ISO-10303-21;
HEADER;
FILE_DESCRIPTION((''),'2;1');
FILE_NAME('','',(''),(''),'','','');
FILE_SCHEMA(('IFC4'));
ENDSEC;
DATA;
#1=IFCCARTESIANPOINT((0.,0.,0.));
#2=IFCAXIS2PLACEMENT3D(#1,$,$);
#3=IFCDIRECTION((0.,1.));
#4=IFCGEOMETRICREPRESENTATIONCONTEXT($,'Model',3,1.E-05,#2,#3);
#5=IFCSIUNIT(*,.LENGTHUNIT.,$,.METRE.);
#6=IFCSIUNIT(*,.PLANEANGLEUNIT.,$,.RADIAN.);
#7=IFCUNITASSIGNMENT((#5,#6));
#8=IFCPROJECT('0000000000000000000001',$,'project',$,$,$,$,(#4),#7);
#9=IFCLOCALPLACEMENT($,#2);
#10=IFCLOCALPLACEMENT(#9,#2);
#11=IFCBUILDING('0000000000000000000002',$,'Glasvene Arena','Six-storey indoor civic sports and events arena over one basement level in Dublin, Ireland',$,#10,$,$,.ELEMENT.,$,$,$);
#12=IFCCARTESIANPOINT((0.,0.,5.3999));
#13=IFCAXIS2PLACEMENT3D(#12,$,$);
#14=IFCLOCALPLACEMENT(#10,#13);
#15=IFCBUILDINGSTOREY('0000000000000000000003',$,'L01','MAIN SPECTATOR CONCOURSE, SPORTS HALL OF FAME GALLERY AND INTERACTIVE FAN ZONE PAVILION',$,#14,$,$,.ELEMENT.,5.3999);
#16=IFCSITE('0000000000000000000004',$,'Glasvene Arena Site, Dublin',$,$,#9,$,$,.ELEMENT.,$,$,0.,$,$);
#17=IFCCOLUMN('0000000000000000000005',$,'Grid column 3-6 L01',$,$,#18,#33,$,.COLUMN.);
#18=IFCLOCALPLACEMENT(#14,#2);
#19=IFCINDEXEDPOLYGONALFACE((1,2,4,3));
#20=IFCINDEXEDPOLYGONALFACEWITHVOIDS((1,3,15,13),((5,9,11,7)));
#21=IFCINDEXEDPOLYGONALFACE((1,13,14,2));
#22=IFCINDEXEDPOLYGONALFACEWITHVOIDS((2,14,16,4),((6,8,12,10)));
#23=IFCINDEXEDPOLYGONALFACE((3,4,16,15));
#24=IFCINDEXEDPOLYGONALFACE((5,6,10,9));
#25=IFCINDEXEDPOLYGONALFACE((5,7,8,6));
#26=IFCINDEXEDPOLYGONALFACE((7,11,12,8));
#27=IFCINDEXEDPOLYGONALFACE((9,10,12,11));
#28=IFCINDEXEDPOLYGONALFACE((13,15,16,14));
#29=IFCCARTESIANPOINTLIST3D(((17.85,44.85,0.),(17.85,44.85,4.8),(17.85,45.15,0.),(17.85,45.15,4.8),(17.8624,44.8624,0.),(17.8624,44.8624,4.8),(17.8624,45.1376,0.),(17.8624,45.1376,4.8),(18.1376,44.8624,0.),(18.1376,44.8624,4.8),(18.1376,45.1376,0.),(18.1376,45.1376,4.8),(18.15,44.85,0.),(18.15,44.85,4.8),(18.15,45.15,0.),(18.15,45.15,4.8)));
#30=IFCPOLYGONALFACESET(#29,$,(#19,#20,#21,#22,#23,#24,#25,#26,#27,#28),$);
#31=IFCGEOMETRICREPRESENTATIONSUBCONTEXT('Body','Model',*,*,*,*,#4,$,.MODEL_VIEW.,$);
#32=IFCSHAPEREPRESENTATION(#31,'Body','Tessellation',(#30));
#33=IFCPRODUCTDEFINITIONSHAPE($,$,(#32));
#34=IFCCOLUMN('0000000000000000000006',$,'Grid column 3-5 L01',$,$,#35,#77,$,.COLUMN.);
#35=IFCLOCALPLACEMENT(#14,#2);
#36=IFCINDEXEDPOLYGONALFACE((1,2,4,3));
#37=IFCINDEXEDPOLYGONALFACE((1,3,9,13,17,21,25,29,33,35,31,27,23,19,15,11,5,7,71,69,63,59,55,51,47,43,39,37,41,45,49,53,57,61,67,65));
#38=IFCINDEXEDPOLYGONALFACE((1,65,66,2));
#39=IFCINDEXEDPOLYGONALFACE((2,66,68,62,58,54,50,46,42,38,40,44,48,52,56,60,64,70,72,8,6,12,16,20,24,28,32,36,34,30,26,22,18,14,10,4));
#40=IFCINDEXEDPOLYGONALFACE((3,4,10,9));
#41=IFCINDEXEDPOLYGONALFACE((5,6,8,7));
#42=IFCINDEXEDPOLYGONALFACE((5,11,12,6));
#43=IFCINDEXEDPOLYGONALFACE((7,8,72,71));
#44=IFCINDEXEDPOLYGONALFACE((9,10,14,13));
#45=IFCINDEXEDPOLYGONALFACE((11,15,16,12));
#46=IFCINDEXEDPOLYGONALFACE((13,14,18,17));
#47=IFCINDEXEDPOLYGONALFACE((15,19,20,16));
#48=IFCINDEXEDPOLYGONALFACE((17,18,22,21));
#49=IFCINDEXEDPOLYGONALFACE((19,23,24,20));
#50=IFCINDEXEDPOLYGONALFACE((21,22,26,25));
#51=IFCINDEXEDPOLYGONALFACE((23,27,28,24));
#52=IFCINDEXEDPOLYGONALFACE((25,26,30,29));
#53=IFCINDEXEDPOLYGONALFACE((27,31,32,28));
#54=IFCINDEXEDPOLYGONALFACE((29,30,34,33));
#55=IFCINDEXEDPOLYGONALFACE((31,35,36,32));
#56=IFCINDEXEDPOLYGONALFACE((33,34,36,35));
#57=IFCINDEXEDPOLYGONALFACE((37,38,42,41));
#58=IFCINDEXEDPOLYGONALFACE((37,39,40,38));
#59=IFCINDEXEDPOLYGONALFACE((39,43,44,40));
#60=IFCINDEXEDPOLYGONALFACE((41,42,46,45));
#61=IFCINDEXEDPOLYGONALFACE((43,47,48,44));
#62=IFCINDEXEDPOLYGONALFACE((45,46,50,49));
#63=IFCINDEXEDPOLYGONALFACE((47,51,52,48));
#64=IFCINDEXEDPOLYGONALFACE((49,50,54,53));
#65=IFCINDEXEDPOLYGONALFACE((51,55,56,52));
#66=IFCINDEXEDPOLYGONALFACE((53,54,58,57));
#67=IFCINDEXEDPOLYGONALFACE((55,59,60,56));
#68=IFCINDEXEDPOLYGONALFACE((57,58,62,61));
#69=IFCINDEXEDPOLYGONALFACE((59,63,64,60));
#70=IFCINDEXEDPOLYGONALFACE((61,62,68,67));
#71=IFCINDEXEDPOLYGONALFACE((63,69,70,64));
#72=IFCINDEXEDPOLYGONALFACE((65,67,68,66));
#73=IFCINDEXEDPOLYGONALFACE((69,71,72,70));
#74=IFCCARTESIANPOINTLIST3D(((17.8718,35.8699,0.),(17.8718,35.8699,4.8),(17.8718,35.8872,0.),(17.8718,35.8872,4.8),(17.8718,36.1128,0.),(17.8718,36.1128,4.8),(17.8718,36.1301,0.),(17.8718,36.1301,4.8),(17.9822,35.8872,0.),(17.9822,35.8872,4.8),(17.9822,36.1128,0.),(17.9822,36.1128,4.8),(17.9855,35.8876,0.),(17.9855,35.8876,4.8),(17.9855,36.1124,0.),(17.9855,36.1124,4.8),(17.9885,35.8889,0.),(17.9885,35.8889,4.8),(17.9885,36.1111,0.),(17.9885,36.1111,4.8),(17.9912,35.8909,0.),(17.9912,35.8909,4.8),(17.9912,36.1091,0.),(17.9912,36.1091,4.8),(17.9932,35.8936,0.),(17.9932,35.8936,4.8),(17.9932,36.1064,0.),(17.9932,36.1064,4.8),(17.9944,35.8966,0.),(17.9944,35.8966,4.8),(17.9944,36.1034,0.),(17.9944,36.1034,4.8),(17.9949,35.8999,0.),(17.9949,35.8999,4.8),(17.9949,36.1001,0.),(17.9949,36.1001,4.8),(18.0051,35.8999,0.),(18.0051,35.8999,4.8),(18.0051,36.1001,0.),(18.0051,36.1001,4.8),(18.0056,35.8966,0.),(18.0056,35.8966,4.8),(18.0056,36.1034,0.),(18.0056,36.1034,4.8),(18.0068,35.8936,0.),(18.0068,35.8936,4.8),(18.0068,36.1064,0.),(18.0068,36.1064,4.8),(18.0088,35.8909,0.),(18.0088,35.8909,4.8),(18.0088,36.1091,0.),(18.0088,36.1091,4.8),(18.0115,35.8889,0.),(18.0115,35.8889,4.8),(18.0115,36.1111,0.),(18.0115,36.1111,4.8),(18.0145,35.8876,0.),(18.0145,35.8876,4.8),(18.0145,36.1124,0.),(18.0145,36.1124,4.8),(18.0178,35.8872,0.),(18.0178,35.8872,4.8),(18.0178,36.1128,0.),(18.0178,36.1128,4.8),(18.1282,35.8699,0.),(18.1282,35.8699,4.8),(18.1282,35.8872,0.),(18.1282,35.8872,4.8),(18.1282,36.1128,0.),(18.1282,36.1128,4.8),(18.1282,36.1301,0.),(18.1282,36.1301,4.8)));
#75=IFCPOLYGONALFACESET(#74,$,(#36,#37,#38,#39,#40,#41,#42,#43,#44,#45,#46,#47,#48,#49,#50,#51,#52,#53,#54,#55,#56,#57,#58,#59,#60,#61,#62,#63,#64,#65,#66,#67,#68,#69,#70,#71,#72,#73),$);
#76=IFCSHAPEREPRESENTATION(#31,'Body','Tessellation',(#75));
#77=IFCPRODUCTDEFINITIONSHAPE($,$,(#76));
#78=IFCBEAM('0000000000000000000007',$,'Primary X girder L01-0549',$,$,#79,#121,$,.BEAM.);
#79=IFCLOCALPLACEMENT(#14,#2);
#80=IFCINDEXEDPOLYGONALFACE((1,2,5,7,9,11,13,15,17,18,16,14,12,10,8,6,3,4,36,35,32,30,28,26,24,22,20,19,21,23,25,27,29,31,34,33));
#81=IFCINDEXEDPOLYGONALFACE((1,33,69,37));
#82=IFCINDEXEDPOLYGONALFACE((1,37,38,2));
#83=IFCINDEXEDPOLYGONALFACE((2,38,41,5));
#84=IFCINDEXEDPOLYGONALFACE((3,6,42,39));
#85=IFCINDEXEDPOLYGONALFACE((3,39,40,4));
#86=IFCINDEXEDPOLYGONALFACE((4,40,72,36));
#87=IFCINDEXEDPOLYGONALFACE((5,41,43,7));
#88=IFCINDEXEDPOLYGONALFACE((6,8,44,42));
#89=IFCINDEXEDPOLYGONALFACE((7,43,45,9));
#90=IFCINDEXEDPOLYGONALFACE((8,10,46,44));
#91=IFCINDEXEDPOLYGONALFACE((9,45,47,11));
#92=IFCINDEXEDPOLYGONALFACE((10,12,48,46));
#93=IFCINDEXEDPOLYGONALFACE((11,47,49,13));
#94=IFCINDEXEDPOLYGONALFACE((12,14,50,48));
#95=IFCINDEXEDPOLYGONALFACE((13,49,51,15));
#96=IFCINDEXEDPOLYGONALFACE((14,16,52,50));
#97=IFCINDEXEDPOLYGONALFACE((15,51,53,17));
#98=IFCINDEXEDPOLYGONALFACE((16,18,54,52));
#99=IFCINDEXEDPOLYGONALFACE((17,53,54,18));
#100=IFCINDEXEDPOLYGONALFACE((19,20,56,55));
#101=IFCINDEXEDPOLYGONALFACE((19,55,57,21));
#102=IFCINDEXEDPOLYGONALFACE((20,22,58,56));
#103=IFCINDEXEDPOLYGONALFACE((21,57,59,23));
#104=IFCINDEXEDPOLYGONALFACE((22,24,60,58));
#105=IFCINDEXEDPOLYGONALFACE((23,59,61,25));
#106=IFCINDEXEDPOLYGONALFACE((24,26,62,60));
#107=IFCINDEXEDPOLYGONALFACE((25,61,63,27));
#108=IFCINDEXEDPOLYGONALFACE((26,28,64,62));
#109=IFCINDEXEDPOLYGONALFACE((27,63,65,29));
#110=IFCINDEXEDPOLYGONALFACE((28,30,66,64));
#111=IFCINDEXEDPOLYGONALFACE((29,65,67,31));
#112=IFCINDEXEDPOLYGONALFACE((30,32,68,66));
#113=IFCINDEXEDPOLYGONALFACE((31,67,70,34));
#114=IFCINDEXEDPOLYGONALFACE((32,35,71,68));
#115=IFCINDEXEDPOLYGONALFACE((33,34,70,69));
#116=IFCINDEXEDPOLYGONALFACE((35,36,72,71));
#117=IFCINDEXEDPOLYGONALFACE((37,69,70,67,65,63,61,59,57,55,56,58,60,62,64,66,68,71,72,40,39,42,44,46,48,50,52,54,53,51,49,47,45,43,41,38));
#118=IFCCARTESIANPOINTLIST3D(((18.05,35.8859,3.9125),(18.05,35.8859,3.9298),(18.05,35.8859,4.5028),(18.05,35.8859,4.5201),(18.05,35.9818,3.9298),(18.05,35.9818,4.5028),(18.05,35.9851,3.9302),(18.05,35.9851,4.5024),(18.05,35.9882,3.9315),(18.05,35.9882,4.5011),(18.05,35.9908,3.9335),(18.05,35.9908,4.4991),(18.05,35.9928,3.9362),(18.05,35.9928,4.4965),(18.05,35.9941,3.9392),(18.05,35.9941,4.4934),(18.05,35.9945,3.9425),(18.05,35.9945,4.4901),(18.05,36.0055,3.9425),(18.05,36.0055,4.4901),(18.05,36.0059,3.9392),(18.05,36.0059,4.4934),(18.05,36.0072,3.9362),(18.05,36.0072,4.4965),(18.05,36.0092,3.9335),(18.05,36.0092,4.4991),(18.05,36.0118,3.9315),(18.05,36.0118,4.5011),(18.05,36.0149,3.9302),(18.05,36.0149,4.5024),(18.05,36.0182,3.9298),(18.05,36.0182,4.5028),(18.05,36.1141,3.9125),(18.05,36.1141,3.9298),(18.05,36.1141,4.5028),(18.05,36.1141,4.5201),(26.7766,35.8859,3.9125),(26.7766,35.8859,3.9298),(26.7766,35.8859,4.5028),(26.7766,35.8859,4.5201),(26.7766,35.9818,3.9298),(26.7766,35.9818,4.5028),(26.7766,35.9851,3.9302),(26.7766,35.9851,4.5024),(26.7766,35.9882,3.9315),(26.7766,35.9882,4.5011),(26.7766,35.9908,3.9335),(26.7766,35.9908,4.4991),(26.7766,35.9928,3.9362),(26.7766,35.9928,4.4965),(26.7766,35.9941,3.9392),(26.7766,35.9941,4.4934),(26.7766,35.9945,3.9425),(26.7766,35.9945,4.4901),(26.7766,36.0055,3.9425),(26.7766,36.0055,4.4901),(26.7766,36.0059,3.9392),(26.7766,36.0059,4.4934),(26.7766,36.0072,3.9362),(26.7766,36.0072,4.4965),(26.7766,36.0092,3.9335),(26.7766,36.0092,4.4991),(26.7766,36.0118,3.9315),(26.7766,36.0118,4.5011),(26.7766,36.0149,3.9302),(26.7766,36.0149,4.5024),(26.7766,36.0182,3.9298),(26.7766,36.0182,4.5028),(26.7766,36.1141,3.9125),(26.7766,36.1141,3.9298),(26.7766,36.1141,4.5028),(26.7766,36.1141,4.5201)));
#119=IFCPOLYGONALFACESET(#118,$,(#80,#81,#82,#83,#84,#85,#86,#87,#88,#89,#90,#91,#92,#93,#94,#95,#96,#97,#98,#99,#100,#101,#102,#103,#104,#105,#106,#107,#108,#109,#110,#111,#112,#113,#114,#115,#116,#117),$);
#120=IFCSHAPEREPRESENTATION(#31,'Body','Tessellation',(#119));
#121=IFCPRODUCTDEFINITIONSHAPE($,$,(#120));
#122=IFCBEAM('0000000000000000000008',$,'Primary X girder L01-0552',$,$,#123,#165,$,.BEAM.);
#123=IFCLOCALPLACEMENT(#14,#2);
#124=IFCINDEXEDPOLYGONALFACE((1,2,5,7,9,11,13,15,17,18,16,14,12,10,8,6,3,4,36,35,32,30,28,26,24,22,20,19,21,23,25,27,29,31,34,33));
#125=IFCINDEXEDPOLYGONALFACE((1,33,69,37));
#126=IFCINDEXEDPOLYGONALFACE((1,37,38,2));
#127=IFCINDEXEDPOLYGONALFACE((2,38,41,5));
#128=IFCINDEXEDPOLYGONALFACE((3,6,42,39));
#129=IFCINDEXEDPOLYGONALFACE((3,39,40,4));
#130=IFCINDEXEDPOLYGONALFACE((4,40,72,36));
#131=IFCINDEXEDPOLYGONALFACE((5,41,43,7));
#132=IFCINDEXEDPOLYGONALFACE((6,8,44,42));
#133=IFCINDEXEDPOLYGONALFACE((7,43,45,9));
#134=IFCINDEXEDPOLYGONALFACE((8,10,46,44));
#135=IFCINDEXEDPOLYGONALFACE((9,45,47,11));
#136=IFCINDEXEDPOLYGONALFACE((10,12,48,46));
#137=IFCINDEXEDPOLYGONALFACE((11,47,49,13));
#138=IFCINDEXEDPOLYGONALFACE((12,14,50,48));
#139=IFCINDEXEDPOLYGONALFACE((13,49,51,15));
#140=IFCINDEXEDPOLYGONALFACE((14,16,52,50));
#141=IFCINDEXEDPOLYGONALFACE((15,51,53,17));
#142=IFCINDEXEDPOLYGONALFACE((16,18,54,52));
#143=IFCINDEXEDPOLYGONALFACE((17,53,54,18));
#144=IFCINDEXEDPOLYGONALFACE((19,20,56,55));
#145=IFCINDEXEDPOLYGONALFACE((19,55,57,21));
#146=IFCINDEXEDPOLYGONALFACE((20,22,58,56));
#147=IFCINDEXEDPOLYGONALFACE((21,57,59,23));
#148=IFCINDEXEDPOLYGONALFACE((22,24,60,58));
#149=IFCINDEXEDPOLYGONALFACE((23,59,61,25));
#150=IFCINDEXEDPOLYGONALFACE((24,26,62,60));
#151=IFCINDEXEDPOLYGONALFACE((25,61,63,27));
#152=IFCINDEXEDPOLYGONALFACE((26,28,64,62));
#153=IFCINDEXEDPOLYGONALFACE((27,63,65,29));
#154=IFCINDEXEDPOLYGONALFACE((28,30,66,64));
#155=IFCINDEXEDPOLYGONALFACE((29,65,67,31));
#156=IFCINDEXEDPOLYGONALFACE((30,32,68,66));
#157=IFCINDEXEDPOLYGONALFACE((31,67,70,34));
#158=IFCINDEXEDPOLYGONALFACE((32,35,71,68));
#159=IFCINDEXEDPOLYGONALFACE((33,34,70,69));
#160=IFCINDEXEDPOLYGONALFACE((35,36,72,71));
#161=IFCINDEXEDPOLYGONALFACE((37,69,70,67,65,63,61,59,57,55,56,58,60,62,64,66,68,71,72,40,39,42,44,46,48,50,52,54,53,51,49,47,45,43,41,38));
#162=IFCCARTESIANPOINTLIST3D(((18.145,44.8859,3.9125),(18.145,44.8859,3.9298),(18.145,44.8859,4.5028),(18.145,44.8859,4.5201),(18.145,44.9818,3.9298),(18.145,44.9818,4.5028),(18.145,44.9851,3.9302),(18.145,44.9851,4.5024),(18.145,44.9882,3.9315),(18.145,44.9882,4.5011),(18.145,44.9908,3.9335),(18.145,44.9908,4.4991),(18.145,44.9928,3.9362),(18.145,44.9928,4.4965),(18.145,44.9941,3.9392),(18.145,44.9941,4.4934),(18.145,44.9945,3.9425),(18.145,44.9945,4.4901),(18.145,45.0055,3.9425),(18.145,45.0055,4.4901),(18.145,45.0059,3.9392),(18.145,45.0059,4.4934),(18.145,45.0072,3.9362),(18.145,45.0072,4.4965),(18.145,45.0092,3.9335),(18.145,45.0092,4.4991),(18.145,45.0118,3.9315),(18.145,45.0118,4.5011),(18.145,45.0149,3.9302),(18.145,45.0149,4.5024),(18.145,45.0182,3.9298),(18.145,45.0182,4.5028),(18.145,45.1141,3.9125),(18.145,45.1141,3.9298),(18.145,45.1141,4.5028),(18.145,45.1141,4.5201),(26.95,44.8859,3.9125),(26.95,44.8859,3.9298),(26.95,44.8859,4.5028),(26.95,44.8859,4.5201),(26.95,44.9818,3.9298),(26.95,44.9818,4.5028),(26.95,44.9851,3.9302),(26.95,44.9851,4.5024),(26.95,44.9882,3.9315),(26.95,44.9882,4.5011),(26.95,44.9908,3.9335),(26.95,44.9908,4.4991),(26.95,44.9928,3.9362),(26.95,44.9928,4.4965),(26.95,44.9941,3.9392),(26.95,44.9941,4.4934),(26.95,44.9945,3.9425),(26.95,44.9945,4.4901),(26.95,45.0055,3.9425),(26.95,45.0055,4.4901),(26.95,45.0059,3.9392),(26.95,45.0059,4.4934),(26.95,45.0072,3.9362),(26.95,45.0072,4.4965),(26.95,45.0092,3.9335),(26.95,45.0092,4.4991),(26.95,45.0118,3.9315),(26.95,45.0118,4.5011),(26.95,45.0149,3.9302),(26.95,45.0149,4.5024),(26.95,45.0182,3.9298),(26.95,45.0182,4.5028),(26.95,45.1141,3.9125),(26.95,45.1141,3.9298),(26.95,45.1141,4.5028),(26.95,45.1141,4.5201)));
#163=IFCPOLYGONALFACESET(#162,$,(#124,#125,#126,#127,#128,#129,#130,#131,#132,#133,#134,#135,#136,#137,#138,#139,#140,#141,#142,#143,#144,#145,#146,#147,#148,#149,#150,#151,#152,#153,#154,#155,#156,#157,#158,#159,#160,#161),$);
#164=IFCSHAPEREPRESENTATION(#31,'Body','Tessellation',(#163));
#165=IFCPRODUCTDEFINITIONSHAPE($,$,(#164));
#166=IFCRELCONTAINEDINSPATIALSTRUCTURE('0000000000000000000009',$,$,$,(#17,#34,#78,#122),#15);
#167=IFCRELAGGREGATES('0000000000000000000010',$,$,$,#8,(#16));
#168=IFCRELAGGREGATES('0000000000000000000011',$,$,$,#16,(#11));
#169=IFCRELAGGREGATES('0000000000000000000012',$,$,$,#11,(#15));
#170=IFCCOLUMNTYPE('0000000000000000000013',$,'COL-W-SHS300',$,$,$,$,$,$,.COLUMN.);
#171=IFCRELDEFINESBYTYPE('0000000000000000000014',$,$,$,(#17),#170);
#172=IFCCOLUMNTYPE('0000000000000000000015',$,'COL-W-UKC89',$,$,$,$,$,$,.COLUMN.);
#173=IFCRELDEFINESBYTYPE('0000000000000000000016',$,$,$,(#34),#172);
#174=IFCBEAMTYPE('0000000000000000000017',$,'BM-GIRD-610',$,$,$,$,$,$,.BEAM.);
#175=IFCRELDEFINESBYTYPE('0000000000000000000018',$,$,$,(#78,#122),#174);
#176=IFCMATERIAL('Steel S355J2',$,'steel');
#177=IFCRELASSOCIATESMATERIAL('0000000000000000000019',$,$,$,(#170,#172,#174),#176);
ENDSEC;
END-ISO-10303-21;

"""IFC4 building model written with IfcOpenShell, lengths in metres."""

from ifc_helpers import new_model, si_unit, direction, frame, origin, origin_2d, place, context, subcontext, project, spatial, hollow_rectangle, i_section, extrude, material, material_profile, profile_set, type_object, element, save


model = new_model("IFC4")

# Units and contexts
model_context = context("Model", 3, precision=1e-05, world=origin(), true_north=direction((0.0, 1.0)))
body_context = subcontext(model_context, "Body", "Model", "MODEL_VIEW")
ifc_project = project(units=[si_unit("LENGTHUNIT", "METRE"), si_unit("PLANEANGLEUNIT", "RADIAN")], contexts=[model_context])

# Site, building, storey
site_placement = place(None, origin())
site = spatial("IfcSite", under=ifc_project, at=site_placement, Name="Glasvene Arena Site, Dublin", CompositionType="ELEMENT", RefElevation=0.0)
building_placement = place(site_placement, origin())
building = spatial("IfcBuilding", under=site, at=building_placement, Name="Glasvene Arena", Description="Six-storey indoor civic sports and events arena over one basement level in Dublin, Ireland", CompositionType="ELEMENT")
storey_placement = place(building_placement, frame((0.0, 0.0, 5.3999)))
storey = spatial("IfcBuildingStorey", under=building, at=storey_placement, Name="L01", Description="MAIN SPECTATOR CONCOURSE, SPORTS HALL OF FAME GALLERY AND INTERACTIVE FAN ZONE PAVILION", CompositionType="ELEMENT", Elevation=5.3999)

# Columns
ifc_material_1 = material(Name="Steel S355J2", Category="steel")
ifc_material_profile_1 = material_profile(ifc_material_1, hollow_rectangle(XDim=0.3, YDim=0.3, WallThickness=0.0125, at=origin_2d()), Name="SHS 300x300x12.5")
ifc_profile_set_1 = profile_set([ifc_material_profile_1], Name="Steel S355J2")
column_type_1 = type_object("IfcColumnType", Name="COL-W-SHS300", PredefinedType="COLUMN", material=ifc_profile_set_1)
column_1_placement = place(storey_placement, frame((18.0, 45.0, 0.0), z_axis=(0.0, 0.0, 1.0), x_axis=(1.0, 0.0, 0.0)))
element("IfcColumn", 1, at=column_1_placement, inside=storey, type_object=column_type_1, Name="Grid column 3-6 L01", PredefinedType="COLUMN", context=body_context, shape_type="SweptSolid", body=[
    extrude(hollow_rectangle(XDim=0.3, YDim=0.3, WallThickness=0.0125, at=origin_2d()), origin(), (0.0, 0.0, 1.0), 4.8),
])
ifc_material_profile_2 = material_profile(ifc_material_1, i_section(OverallWidth=0.2563, OverallDepth=0.2603, WebThickness=0.0103, FlangeThickness=0.0173, FilletRadius=0.0127, at=origin_2d()), Name="UKC 254x254x89")
ifc_profile_set_2 = profile_set([ifc_material_profile_2], Name="Steel S355J2")
column_type_2 = type_object("IfcColumnType", Name="COL-W-UKC89", PredefinedType="COLUMN", material=ifc_profile_set_2)
column_2_placement = place(storey_placement, frame((18.0, 36.0, 0.0), z_axis=(0.0, 0.0, 1.0), x_axis=(1.0, 0.0, 0.0)))
element("IfcColumn", 2, at=column_2_placement, inside=storey, type_object=column_type_2, Name="Grid column 3-5 L01", PredefinedType="COLUMN", context=body_context, shape_type="SweptSolid", body=[
    extrude(i_section(OverallWidth=0.2563, OverallDepth=0.2603, WebThickness=0.0103, FlangeThickness=0.0173, FilletRadius=0.0127, at=origin_2d()), origin(), (0.0, 0.0, 1.0), 4.8),
])

# Beams
ifc_material_profile_3 = material_profile(ifc_material_1, i_section(OverallWidth=0.2283, OverallDepth=0.6077, WebThickness=0.011, FlangeThickness=0.0173, FilletRadius=0.0127, at=origin_2d()), Name="UKB 610x229x113")
ifc_profile_set_3 = profile_set([ifc_material_profile_3], Name="Steel S355J2")
beam_type_1 = type_object("IfcBeamType", Name="BM-GIRD-610", PredefinedType="BEAM", material=ifc_profile_set_3)
beam_1_placement = place(storey_placement, frame((18.05, 36.0, 4.2163), z_axis=(1.0, 0.0, 0.0), x_axis=(0.0, 1.0, 0.0)))
element("IfcBeam", 3, at=beam_1_placement, inside=storey, type_object=beam_type_1, Name="Primary X girder L01-0549", PredefinedType="BEAM", context=body_context, shape_type="SweptSolid", body=[
    extrude(i_section(OverallWidth=0.2283, OverallDepth=0.6077, WebThickness=0.011, FlangeThickness=0.0173, FilletRadius=0.0127, at=origin_2d()), origin(), (0.0, 0.0, 1.0), 8.7266),
])
beam_2_placement = place(storey_placement, frame((18.145, 45.0, 4.2163), z_axis=(1.0, 0.0, 0.0), x_axis=(0.0, 1.0, 0.0)))
element("IfcBeam", 4, at=beam_2_placement, inside=storey, type_object=beam_type_1, Name="Primary X girder L01-0552", PredefinedType="BEAM", context=body_context, shape_type="SweptSolid", body=[
    extrude(i_section(OverallWidth=0.2283, OverallDepth=0.6077, WebThickness=0.011, FlangeThickness=0.0173, FilletRadius=0.0127, at=origin_2d()), origin(), (0.0, 0.0, 1.0), 8.8049),
])

save(model, "model.ifc")
